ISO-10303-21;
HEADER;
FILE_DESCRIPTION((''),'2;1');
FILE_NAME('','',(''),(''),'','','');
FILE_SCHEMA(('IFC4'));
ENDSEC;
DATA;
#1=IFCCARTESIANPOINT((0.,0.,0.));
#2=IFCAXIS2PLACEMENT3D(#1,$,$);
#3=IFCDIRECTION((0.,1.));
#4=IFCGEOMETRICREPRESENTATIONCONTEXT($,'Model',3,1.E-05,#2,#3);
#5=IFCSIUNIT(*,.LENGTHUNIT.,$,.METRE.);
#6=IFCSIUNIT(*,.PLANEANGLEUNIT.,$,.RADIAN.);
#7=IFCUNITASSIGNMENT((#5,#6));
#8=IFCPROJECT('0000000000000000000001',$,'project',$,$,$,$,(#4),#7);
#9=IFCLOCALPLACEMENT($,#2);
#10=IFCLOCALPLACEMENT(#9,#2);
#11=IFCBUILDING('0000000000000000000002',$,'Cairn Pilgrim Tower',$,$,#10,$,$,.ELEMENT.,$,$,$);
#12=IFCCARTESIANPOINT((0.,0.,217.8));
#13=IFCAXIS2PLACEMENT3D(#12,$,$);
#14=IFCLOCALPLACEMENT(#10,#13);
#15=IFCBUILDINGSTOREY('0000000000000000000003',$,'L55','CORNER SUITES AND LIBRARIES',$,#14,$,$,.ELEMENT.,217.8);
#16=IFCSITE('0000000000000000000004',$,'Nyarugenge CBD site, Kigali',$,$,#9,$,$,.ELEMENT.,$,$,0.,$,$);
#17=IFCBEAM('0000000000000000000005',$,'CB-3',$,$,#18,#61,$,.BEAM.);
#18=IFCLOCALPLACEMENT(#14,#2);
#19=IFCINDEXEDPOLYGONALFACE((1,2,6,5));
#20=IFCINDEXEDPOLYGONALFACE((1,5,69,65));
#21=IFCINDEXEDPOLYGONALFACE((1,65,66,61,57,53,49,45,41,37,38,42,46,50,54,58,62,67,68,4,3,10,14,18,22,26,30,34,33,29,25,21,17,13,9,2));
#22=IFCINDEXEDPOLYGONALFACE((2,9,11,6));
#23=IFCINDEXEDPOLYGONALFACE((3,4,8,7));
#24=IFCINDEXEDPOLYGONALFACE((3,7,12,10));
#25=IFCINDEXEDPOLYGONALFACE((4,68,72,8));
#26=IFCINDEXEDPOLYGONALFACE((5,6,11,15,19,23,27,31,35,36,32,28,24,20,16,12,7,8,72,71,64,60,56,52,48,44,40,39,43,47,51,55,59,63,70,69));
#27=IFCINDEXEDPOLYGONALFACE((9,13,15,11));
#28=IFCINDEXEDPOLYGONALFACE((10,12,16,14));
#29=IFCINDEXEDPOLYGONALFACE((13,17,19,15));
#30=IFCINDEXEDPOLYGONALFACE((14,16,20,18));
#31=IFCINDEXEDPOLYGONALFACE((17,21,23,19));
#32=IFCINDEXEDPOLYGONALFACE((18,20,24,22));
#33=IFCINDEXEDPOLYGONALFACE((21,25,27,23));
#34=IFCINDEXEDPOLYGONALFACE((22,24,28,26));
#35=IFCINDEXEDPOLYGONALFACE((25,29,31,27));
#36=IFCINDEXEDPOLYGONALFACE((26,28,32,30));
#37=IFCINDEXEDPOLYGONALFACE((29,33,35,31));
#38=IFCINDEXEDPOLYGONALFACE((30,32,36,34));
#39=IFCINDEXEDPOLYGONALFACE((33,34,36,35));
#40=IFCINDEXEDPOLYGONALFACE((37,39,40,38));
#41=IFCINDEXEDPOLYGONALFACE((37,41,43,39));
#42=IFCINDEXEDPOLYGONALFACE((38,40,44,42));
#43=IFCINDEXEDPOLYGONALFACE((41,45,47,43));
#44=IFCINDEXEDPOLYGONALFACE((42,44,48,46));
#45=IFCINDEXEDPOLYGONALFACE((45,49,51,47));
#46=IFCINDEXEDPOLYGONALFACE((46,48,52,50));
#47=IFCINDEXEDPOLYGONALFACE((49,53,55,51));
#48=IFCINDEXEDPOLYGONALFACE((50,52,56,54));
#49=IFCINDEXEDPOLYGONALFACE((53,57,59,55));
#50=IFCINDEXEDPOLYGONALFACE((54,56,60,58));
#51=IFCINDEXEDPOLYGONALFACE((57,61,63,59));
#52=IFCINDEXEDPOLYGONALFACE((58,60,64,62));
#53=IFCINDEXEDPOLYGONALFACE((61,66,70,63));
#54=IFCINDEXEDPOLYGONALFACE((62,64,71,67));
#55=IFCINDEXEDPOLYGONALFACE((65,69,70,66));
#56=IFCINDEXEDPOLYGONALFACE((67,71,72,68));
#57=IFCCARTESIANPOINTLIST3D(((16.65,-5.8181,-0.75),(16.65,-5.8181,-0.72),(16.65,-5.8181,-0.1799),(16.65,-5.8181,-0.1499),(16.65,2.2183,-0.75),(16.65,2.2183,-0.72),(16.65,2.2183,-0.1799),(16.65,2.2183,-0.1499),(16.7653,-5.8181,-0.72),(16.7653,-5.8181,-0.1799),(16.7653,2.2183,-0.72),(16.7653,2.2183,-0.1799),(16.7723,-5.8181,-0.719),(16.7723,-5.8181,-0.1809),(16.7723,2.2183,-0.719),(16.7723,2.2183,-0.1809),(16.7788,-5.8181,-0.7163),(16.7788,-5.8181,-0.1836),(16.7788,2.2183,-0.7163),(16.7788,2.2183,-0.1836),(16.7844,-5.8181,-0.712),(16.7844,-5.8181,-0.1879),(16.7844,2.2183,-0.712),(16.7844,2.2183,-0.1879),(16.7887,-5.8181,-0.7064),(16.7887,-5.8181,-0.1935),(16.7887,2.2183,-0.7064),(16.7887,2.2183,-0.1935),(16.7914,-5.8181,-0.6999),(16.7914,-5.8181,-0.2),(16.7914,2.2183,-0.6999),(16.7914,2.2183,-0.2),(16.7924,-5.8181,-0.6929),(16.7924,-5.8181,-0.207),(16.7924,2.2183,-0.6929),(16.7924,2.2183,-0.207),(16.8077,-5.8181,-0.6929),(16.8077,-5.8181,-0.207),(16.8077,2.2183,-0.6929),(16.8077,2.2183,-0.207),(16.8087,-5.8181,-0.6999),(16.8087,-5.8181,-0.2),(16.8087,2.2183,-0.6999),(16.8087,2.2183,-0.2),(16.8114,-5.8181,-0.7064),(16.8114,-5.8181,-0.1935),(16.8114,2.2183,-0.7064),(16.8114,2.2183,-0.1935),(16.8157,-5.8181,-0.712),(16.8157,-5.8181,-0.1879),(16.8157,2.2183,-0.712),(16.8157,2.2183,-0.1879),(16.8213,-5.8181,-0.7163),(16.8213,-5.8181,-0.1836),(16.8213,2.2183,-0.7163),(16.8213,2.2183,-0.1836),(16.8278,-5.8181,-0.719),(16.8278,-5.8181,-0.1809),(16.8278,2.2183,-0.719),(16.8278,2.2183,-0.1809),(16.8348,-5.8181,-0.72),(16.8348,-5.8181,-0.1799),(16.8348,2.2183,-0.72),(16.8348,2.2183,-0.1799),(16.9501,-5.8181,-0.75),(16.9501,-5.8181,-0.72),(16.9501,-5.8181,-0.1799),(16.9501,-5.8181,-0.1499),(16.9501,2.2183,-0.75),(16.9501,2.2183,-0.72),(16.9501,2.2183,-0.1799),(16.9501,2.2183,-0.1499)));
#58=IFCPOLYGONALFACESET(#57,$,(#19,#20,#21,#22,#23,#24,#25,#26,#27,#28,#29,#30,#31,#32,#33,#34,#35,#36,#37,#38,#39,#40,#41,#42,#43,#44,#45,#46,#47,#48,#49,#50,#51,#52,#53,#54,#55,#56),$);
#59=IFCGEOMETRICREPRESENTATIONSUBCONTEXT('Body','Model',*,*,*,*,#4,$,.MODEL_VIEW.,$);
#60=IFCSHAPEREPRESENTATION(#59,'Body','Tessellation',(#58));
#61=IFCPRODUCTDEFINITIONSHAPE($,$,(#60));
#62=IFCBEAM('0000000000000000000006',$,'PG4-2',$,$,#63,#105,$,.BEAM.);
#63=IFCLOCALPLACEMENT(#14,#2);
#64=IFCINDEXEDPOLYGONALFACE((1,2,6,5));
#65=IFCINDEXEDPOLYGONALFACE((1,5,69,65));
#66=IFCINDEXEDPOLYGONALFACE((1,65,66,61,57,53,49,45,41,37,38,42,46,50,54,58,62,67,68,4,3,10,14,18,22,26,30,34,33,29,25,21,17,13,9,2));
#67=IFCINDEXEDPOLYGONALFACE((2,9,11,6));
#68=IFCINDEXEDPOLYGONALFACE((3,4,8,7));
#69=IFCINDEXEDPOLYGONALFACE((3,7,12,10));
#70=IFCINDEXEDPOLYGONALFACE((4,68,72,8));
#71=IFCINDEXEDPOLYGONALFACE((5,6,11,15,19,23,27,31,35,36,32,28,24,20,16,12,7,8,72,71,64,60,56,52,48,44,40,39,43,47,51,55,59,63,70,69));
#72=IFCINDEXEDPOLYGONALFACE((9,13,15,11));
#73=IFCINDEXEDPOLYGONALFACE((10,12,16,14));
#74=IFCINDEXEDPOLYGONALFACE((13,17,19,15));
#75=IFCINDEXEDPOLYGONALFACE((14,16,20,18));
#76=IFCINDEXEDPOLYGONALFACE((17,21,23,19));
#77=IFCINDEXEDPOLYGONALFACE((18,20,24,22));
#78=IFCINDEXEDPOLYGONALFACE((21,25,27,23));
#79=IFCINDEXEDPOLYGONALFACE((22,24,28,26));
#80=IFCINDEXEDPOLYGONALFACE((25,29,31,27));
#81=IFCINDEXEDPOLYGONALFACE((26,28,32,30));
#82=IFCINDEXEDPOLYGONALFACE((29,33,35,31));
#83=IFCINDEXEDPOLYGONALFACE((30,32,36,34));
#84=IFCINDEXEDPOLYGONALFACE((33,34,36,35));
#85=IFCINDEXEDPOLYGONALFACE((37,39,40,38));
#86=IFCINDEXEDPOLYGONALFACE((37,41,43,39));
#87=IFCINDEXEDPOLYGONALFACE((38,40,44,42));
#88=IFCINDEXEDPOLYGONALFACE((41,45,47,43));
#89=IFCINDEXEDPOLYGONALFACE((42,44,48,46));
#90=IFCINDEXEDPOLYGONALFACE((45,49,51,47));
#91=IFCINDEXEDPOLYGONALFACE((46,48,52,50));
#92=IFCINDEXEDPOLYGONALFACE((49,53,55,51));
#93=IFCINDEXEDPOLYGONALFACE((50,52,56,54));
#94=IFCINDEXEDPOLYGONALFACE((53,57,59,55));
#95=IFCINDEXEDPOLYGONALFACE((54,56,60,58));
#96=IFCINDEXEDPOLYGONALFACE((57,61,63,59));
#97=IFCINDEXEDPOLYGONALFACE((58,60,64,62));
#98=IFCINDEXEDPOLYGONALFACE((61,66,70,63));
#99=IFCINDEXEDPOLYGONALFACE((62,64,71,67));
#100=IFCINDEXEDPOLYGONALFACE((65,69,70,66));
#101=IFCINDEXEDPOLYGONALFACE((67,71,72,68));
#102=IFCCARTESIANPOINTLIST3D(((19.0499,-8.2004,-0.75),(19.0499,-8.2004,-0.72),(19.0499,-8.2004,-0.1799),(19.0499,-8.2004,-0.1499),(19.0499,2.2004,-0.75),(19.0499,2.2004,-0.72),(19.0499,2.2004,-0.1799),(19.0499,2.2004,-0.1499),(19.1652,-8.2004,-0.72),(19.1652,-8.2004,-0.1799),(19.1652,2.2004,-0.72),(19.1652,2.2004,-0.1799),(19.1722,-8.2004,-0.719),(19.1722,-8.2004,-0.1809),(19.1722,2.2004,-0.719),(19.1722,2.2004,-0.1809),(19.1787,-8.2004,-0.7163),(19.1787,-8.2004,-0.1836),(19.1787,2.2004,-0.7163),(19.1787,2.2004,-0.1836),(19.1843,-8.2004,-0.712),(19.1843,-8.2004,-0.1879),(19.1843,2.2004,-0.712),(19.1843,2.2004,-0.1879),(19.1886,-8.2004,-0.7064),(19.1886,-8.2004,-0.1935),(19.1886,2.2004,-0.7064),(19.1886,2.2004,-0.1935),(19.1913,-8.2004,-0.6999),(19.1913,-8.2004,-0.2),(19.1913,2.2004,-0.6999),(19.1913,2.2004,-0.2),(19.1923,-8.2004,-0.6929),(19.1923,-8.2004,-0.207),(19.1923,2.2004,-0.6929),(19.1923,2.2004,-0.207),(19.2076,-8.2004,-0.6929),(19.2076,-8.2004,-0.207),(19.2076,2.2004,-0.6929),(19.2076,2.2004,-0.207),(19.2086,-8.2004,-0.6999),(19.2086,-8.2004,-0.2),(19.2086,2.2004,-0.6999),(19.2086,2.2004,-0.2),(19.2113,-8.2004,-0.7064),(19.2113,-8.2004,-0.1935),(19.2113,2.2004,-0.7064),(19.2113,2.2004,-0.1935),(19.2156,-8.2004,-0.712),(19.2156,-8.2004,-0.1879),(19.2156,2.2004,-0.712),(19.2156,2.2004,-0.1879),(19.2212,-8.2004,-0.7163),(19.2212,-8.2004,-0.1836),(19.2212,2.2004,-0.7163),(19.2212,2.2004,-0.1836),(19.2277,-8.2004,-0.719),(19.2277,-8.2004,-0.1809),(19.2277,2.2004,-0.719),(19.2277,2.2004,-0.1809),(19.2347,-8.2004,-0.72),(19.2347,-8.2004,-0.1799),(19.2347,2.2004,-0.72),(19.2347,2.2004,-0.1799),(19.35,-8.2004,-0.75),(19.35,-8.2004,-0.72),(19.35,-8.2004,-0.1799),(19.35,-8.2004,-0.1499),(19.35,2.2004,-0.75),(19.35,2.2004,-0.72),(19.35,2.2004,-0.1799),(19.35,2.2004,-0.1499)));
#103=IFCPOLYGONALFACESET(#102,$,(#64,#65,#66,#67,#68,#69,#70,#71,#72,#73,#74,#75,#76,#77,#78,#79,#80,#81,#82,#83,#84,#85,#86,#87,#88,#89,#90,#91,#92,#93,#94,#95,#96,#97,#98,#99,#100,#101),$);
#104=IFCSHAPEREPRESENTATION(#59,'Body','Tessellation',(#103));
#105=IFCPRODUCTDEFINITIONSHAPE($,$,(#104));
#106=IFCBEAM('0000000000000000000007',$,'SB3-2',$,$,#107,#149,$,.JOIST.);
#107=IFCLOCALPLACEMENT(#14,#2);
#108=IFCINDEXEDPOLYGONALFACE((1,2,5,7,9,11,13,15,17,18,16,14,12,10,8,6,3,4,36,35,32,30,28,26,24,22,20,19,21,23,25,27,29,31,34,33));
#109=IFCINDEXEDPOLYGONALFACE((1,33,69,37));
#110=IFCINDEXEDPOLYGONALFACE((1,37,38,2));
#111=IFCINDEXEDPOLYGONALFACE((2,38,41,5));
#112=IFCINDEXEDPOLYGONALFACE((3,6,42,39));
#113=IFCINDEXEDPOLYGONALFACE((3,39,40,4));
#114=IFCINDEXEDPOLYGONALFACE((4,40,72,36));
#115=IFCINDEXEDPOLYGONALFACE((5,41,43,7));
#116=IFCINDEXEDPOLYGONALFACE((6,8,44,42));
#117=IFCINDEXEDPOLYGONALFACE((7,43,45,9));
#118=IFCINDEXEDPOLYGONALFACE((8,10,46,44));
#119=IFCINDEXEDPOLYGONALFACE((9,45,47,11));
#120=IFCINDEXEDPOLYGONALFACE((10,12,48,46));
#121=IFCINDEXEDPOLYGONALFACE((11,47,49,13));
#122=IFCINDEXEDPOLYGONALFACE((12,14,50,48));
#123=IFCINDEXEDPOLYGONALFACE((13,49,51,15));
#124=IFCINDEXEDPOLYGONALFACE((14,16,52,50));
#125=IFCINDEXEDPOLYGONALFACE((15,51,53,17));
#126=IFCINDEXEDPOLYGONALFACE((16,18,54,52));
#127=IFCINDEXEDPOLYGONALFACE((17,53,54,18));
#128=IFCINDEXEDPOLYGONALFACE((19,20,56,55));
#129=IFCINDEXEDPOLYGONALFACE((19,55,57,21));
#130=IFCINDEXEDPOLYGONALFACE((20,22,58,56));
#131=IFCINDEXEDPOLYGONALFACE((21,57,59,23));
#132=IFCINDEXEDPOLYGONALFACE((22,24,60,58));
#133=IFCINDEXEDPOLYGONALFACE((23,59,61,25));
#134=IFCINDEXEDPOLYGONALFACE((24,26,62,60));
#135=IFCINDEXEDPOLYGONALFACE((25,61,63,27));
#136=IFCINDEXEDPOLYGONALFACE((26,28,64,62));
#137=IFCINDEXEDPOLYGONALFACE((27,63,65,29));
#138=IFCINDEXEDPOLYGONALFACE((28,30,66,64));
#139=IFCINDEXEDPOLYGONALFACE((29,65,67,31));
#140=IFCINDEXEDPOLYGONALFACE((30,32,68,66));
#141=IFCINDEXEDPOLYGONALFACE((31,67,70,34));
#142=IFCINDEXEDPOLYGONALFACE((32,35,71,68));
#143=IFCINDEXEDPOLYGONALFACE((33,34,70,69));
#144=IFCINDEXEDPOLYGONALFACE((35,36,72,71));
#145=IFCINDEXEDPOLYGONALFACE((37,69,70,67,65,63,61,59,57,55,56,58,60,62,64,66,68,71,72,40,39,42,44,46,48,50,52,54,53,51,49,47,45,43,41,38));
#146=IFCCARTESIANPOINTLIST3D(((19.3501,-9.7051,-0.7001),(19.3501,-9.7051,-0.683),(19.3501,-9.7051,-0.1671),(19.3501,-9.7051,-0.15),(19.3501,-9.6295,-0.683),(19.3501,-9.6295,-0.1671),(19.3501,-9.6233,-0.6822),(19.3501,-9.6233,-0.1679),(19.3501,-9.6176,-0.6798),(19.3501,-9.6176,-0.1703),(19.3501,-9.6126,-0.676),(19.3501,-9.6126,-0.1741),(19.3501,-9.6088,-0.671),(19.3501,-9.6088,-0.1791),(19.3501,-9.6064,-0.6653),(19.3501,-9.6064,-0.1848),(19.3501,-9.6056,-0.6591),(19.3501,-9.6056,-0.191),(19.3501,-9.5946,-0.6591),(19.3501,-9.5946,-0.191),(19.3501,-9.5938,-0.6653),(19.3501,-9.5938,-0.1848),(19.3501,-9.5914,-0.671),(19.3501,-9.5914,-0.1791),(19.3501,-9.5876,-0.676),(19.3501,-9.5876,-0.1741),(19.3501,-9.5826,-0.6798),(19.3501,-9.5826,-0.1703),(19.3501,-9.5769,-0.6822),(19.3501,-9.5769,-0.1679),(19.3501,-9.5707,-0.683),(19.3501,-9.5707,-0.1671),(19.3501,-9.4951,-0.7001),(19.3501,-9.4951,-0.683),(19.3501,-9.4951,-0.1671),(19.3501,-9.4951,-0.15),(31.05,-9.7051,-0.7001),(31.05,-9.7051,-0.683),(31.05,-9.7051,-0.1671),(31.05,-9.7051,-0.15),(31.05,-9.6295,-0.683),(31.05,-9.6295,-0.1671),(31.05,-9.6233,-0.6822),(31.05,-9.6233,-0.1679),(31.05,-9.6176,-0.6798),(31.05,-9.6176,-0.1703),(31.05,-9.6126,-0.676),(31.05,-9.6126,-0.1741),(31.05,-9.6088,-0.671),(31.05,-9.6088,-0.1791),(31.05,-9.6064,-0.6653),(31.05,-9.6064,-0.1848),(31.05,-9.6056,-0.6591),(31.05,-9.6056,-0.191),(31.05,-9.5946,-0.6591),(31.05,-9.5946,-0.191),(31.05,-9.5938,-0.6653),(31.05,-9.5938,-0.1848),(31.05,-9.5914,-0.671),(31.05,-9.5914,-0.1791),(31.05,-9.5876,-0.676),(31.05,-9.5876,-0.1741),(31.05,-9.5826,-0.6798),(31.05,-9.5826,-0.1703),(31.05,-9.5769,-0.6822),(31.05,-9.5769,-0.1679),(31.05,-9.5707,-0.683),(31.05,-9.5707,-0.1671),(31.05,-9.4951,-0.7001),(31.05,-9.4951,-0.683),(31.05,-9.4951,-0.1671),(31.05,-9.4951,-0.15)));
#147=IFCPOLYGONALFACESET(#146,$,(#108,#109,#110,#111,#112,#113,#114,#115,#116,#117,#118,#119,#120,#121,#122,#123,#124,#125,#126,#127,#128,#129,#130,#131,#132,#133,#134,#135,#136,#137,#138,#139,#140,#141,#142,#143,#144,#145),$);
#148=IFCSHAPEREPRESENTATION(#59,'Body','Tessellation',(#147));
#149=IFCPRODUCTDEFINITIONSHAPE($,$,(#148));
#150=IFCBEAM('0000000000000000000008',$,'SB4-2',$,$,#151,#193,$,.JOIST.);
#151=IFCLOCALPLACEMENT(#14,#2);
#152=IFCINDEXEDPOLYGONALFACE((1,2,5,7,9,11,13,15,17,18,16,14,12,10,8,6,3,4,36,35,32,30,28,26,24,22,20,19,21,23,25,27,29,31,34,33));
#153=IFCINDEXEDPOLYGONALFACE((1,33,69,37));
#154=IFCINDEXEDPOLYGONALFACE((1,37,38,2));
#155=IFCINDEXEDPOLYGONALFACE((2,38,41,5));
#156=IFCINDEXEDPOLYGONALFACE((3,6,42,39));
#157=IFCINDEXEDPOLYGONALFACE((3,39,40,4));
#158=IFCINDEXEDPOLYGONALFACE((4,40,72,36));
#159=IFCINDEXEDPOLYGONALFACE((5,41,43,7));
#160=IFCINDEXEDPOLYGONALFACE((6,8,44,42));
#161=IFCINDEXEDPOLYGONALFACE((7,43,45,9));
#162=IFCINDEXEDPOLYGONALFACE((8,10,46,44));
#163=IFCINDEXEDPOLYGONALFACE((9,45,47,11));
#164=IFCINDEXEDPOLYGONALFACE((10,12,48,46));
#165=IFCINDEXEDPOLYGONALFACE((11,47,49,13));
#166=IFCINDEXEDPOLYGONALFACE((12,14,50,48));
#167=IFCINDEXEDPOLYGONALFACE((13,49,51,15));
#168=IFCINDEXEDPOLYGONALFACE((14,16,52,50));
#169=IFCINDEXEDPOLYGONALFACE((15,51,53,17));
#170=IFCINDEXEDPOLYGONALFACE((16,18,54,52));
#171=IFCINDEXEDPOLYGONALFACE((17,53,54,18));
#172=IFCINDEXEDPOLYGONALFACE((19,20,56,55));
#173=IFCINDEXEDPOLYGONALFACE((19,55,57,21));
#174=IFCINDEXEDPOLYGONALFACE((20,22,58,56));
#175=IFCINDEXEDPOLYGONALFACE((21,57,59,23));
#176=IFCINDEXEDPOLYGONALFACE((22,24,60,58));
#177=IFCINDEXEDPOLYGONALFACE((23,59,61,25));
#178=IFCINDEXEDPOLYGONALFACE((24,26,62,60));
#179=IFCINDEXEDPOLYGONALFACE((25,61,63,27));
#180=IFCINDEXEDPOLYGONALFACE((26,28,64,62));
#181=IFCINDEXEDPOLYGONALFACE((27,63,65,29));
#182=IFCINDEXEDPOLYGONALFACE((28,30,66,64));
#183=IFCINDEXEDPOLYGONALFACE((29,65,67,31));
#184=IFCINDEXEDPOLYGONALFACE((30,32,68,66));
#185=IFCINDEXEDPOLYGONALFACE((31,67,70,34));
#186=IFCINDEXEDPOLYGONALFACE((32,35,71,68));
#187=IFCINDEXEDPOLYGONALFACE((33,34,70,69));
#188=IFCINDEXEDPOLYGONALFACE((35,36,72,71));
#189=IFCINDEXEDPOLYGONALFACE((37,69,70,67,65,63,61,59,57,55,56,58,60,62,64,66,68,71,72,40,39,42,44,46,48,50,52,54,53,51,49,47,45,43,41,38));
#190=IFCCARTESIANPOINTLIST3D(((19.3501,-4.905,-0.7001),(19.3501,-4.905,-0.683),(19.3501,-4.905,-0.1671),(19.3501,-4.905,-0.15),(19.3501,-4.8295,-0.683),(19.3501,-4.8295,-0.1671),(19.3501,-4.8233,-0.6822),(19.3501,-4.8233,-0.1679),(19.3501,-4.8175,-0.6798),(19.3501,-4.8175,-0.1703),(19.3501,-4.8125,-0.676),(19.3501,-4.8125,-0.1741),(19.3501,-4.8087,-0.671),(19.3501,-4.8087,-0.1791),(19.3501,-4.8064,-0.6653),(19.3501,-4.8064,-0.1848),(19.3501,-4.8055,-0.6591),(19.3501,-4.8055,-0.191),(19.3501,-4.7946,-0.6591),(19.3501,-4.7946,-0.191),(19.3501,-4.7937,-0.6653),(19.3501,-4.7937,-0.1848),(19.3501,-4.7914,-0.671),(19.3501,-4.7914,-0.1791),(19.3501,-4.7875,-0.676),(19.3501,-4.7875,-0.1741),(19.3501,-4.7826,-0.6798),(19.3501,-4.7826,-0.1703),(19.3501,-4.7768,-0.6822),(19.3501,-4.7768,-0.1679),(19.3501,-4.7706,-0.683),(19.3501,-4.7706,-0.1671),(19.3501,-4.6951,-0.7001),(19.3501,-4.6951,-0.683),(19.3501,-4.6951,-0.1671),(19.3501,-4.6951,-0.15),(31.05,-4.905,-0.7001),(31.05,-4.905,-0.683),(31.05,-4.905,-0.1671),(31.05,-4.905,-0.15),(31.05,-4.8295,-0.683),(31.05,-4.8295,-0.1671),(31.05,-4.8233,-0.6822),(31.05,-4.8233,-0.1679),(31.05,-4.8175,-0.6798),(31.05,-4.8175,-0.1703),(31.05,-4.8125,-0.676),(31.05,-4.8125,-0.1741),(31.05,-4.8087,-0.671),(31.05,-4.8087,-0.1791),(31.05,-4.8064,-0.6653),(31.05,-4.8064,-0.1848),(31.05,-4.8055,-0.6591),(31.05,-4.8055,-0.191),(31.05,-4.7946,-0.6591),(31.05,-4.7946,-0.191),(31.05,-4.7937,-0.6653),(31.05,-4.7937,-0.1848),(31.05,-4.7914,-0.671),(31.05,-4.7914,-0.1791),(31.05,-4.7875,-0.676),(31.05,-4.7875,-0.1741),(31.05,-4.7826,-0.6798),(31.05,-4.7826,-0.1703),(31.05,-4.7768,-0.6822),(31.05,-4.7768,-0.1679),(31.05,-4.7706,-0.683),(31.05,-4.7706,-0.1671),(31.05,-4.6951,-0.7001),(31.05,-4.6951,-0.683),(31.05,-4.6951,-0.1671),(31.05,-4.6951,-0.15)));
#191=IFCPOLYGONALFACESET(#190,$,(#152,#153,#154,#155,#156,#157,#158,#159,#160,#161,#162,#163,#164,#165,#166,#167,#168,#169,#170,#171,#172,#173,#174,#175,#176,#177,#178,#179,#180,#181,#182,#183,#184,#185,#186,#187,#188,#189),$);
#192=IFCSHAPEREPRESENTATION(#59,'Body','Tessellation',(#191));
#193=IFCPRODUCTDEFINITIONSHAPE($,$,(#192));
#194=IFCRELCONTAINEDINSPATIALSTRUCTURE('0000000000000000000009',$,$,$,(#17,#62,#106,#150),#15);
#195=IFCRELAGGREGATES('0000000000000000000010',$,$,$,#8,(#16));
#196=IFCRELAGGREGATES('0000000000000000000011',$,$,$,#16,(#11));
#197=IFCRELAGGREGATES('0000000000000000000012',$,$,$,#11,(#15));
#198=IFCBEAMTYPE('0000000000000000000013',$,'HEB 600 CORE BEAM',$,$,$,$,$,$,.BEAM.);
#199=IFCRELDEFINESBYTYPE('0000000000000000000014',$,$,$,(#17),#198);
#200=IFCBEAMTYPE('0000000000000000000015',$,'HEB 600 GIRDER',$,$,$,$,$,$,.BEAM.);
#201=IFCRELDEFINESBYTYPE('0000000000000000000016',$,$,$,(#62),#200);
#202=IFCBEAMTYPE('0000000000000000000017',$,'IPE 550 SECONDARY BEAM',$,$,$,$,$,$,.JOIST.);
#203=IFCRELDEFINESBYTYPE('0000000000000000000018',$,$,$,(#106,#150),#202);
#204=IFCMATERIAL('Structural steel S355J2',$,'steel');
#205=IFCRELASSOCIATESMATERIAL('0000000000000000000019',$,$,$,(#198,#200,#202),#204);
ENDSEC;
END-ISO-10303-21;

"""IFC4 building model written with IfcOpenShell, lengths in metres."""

from ifc_helpers import new_model, si_unit, direction, frame, origin, origin_2d, place, context, subcontext, project, spatial, i_section, extrude, material, material_profile, profile_set, type_object, element, save


model = new_model("IFC4")

# Units and contexts
model_context = context("Model", 3, precision=1e-05, world=origin(), true_north=direction((0.0, 1.0)))
body_context = subcontext(model_context, "Body", "Model", "MODEL_VIEW")
ifc_project = project(units=[si_unit("LENGTHUNIT", "METRE"), si_unit("PLANEANGLEUNIT", "RADIAN")], contexts=[model_context])

# Site, building, storey
site_placement = place(None, origin())
site = spatial("IfcSite", under=ifc_project, at=site_placement, Name="Nyarugenge CBD site, Kigali", CompositionType="ELEMENT", RefElevation=0.0)
building_placement = place(site_placement, origin())
building = spatial("IfcBuilding", under=site, at=building_placement, Name="Cairn Pilgrim Tower", CompositionType="ELEMENT")
storey_placement = place(building_placement, frame((0.0, 0.0, 217.8)))
storey = spatial("IfcBuildingStorey", under=building, at=storey_placement, Name="L55", Description="CORNER SUITES AND LIBRARIES", CompositionType="ELEMENT", Elevation=217.8)

# Shared definitions
ifc_material_1 = material(Name="Structural steel S355J2", Category="steel")

# Beams
ifc_material_profile_1 = material_profile(ifc_material_1, i_section(OverallWidth=0.3, OverallDepth=0.6001, WebThickness=0.0154, FlangeThickness=0.03, FilletRadius=0.0271, at=origin_2d()), Name="HEB 600")
ifc_profile_set_1 = profile_set([ifc_material_profile_1], Name="Structural steel S355J2")
beam_type_1 = type_object("IfcBeamType", Name="HEB 600 CORE BEAM", PredefinedType="BEAM", material=ifc_profile_set_1)
beam_1_placement = place(storey_placement, frame((16.8, -5.8181, -0.45), z_axis=(0.0, 1.0, 0.0), x_axis=(-1.0, 0.0, 0.0)))
element("IfcBeam", 1, at=beam_1_placement, inside=storey, type_object=beam_type_1, Name="CB-3", PredefinedType="BEAM", context=body_context, shape_type="SweptSolid", body=[
    extrude(i_section(OverallWidth=0.3, OverallDepth=0.6001, WebThickness=0.0154, FlangeThickness=0.03, FilletRadius=0.0271, at=origin_2d()), origin(), (0.0, 0.0, 1.0), 8.0364),
])
ifc_material_profile_2 = material_profile(ifc_material_1, i_section(OverallWidth=0.3, OverallDepth=0.6001, WebThickness=0.0154, FlangeThickness=0.03, FilletRadius=0.0271, at=origin_2d()), Name="HEB 600")
ifc_profile_set_2 = profile_set([ifc_material_profile_2], Name="Structural steel S355J2")
beam_type_2 = type_object("IfcBeamType", Name="HEB 600 GIRDER", PredefinedType="BEAM", material=ifc_profile_set_2)
beam_2_placement = place(storey_placement, frame((19.2, -8.2004, -0.45), z_axis=(0.0, 1.0, 0.0), x_axis=(-1.0, 0.0, 0.0)))
element("IfcBeam", 2, at=beam_2_placement, inside=storey, type_object=beam_type_2, Name="PG4-2", PredefinedType="BEAM", context=body_context, shape_type="SweptSolid", body=[
    extrude(i_section(OverallWidth=0.3, OverallDepth=0.6001, WebThickness=0.0154, FlangeThickness=0.03, FilletRadius=0.0271, at=origin_2d()), origin(), (0.0, 0.0, 1.0), 10.4009),
])
ifc_material_profile_3 = material_profile(ifc_material_1, i_section(OverallWidth=0.21, OverallDepth=0.55, WebThickness=0.011, FlangeThickness=0.0171, FilletRadius=0.0239, at=origin_2d()), Name="IPE 550")
ifc_profile_set_3 = profile_set([ifc_material_profile_3], Name="Structural steel S355J2")
beam_type_3 = type_object("IfcBeamType", Name="IPE 550 SECONDARY BEAM", PredefinedType="JOIST", material=ifc_profile_set_3)
for number, where, z_axis, x_axis, name in (
    (3, (19.3501, -9.6001, -0.425), (1.0, 0.0, 0.0), (0.0, 1.0, 0.0), "SB3-2"),
    (4, (19.3501, -4.8, -0.425), (1.0, 0.0, 0.0), (0.0, 1.0, 0.0), "SB4-2"),
):
    element("IfcBeam", number, at=place(storey_placement, frame(where, z_axis=z_axis, x_axis=x_axis)), inside=storey, type_object=beam_type_3, Name=name, PredefinedType="JOIST", context=body_context, shape_type="SweptSolid", body=[
        extrude(i_section(OverallWidth=0.21, OverallDepth=0.55, WebThickness=0.011, FlangeThickness=0.0171, FilletRadius=0.0239, at=origin_2d()), origin(), (0.0, 0.0, 1.0), 11.7),
    ])

save(model, "model.ifc")
